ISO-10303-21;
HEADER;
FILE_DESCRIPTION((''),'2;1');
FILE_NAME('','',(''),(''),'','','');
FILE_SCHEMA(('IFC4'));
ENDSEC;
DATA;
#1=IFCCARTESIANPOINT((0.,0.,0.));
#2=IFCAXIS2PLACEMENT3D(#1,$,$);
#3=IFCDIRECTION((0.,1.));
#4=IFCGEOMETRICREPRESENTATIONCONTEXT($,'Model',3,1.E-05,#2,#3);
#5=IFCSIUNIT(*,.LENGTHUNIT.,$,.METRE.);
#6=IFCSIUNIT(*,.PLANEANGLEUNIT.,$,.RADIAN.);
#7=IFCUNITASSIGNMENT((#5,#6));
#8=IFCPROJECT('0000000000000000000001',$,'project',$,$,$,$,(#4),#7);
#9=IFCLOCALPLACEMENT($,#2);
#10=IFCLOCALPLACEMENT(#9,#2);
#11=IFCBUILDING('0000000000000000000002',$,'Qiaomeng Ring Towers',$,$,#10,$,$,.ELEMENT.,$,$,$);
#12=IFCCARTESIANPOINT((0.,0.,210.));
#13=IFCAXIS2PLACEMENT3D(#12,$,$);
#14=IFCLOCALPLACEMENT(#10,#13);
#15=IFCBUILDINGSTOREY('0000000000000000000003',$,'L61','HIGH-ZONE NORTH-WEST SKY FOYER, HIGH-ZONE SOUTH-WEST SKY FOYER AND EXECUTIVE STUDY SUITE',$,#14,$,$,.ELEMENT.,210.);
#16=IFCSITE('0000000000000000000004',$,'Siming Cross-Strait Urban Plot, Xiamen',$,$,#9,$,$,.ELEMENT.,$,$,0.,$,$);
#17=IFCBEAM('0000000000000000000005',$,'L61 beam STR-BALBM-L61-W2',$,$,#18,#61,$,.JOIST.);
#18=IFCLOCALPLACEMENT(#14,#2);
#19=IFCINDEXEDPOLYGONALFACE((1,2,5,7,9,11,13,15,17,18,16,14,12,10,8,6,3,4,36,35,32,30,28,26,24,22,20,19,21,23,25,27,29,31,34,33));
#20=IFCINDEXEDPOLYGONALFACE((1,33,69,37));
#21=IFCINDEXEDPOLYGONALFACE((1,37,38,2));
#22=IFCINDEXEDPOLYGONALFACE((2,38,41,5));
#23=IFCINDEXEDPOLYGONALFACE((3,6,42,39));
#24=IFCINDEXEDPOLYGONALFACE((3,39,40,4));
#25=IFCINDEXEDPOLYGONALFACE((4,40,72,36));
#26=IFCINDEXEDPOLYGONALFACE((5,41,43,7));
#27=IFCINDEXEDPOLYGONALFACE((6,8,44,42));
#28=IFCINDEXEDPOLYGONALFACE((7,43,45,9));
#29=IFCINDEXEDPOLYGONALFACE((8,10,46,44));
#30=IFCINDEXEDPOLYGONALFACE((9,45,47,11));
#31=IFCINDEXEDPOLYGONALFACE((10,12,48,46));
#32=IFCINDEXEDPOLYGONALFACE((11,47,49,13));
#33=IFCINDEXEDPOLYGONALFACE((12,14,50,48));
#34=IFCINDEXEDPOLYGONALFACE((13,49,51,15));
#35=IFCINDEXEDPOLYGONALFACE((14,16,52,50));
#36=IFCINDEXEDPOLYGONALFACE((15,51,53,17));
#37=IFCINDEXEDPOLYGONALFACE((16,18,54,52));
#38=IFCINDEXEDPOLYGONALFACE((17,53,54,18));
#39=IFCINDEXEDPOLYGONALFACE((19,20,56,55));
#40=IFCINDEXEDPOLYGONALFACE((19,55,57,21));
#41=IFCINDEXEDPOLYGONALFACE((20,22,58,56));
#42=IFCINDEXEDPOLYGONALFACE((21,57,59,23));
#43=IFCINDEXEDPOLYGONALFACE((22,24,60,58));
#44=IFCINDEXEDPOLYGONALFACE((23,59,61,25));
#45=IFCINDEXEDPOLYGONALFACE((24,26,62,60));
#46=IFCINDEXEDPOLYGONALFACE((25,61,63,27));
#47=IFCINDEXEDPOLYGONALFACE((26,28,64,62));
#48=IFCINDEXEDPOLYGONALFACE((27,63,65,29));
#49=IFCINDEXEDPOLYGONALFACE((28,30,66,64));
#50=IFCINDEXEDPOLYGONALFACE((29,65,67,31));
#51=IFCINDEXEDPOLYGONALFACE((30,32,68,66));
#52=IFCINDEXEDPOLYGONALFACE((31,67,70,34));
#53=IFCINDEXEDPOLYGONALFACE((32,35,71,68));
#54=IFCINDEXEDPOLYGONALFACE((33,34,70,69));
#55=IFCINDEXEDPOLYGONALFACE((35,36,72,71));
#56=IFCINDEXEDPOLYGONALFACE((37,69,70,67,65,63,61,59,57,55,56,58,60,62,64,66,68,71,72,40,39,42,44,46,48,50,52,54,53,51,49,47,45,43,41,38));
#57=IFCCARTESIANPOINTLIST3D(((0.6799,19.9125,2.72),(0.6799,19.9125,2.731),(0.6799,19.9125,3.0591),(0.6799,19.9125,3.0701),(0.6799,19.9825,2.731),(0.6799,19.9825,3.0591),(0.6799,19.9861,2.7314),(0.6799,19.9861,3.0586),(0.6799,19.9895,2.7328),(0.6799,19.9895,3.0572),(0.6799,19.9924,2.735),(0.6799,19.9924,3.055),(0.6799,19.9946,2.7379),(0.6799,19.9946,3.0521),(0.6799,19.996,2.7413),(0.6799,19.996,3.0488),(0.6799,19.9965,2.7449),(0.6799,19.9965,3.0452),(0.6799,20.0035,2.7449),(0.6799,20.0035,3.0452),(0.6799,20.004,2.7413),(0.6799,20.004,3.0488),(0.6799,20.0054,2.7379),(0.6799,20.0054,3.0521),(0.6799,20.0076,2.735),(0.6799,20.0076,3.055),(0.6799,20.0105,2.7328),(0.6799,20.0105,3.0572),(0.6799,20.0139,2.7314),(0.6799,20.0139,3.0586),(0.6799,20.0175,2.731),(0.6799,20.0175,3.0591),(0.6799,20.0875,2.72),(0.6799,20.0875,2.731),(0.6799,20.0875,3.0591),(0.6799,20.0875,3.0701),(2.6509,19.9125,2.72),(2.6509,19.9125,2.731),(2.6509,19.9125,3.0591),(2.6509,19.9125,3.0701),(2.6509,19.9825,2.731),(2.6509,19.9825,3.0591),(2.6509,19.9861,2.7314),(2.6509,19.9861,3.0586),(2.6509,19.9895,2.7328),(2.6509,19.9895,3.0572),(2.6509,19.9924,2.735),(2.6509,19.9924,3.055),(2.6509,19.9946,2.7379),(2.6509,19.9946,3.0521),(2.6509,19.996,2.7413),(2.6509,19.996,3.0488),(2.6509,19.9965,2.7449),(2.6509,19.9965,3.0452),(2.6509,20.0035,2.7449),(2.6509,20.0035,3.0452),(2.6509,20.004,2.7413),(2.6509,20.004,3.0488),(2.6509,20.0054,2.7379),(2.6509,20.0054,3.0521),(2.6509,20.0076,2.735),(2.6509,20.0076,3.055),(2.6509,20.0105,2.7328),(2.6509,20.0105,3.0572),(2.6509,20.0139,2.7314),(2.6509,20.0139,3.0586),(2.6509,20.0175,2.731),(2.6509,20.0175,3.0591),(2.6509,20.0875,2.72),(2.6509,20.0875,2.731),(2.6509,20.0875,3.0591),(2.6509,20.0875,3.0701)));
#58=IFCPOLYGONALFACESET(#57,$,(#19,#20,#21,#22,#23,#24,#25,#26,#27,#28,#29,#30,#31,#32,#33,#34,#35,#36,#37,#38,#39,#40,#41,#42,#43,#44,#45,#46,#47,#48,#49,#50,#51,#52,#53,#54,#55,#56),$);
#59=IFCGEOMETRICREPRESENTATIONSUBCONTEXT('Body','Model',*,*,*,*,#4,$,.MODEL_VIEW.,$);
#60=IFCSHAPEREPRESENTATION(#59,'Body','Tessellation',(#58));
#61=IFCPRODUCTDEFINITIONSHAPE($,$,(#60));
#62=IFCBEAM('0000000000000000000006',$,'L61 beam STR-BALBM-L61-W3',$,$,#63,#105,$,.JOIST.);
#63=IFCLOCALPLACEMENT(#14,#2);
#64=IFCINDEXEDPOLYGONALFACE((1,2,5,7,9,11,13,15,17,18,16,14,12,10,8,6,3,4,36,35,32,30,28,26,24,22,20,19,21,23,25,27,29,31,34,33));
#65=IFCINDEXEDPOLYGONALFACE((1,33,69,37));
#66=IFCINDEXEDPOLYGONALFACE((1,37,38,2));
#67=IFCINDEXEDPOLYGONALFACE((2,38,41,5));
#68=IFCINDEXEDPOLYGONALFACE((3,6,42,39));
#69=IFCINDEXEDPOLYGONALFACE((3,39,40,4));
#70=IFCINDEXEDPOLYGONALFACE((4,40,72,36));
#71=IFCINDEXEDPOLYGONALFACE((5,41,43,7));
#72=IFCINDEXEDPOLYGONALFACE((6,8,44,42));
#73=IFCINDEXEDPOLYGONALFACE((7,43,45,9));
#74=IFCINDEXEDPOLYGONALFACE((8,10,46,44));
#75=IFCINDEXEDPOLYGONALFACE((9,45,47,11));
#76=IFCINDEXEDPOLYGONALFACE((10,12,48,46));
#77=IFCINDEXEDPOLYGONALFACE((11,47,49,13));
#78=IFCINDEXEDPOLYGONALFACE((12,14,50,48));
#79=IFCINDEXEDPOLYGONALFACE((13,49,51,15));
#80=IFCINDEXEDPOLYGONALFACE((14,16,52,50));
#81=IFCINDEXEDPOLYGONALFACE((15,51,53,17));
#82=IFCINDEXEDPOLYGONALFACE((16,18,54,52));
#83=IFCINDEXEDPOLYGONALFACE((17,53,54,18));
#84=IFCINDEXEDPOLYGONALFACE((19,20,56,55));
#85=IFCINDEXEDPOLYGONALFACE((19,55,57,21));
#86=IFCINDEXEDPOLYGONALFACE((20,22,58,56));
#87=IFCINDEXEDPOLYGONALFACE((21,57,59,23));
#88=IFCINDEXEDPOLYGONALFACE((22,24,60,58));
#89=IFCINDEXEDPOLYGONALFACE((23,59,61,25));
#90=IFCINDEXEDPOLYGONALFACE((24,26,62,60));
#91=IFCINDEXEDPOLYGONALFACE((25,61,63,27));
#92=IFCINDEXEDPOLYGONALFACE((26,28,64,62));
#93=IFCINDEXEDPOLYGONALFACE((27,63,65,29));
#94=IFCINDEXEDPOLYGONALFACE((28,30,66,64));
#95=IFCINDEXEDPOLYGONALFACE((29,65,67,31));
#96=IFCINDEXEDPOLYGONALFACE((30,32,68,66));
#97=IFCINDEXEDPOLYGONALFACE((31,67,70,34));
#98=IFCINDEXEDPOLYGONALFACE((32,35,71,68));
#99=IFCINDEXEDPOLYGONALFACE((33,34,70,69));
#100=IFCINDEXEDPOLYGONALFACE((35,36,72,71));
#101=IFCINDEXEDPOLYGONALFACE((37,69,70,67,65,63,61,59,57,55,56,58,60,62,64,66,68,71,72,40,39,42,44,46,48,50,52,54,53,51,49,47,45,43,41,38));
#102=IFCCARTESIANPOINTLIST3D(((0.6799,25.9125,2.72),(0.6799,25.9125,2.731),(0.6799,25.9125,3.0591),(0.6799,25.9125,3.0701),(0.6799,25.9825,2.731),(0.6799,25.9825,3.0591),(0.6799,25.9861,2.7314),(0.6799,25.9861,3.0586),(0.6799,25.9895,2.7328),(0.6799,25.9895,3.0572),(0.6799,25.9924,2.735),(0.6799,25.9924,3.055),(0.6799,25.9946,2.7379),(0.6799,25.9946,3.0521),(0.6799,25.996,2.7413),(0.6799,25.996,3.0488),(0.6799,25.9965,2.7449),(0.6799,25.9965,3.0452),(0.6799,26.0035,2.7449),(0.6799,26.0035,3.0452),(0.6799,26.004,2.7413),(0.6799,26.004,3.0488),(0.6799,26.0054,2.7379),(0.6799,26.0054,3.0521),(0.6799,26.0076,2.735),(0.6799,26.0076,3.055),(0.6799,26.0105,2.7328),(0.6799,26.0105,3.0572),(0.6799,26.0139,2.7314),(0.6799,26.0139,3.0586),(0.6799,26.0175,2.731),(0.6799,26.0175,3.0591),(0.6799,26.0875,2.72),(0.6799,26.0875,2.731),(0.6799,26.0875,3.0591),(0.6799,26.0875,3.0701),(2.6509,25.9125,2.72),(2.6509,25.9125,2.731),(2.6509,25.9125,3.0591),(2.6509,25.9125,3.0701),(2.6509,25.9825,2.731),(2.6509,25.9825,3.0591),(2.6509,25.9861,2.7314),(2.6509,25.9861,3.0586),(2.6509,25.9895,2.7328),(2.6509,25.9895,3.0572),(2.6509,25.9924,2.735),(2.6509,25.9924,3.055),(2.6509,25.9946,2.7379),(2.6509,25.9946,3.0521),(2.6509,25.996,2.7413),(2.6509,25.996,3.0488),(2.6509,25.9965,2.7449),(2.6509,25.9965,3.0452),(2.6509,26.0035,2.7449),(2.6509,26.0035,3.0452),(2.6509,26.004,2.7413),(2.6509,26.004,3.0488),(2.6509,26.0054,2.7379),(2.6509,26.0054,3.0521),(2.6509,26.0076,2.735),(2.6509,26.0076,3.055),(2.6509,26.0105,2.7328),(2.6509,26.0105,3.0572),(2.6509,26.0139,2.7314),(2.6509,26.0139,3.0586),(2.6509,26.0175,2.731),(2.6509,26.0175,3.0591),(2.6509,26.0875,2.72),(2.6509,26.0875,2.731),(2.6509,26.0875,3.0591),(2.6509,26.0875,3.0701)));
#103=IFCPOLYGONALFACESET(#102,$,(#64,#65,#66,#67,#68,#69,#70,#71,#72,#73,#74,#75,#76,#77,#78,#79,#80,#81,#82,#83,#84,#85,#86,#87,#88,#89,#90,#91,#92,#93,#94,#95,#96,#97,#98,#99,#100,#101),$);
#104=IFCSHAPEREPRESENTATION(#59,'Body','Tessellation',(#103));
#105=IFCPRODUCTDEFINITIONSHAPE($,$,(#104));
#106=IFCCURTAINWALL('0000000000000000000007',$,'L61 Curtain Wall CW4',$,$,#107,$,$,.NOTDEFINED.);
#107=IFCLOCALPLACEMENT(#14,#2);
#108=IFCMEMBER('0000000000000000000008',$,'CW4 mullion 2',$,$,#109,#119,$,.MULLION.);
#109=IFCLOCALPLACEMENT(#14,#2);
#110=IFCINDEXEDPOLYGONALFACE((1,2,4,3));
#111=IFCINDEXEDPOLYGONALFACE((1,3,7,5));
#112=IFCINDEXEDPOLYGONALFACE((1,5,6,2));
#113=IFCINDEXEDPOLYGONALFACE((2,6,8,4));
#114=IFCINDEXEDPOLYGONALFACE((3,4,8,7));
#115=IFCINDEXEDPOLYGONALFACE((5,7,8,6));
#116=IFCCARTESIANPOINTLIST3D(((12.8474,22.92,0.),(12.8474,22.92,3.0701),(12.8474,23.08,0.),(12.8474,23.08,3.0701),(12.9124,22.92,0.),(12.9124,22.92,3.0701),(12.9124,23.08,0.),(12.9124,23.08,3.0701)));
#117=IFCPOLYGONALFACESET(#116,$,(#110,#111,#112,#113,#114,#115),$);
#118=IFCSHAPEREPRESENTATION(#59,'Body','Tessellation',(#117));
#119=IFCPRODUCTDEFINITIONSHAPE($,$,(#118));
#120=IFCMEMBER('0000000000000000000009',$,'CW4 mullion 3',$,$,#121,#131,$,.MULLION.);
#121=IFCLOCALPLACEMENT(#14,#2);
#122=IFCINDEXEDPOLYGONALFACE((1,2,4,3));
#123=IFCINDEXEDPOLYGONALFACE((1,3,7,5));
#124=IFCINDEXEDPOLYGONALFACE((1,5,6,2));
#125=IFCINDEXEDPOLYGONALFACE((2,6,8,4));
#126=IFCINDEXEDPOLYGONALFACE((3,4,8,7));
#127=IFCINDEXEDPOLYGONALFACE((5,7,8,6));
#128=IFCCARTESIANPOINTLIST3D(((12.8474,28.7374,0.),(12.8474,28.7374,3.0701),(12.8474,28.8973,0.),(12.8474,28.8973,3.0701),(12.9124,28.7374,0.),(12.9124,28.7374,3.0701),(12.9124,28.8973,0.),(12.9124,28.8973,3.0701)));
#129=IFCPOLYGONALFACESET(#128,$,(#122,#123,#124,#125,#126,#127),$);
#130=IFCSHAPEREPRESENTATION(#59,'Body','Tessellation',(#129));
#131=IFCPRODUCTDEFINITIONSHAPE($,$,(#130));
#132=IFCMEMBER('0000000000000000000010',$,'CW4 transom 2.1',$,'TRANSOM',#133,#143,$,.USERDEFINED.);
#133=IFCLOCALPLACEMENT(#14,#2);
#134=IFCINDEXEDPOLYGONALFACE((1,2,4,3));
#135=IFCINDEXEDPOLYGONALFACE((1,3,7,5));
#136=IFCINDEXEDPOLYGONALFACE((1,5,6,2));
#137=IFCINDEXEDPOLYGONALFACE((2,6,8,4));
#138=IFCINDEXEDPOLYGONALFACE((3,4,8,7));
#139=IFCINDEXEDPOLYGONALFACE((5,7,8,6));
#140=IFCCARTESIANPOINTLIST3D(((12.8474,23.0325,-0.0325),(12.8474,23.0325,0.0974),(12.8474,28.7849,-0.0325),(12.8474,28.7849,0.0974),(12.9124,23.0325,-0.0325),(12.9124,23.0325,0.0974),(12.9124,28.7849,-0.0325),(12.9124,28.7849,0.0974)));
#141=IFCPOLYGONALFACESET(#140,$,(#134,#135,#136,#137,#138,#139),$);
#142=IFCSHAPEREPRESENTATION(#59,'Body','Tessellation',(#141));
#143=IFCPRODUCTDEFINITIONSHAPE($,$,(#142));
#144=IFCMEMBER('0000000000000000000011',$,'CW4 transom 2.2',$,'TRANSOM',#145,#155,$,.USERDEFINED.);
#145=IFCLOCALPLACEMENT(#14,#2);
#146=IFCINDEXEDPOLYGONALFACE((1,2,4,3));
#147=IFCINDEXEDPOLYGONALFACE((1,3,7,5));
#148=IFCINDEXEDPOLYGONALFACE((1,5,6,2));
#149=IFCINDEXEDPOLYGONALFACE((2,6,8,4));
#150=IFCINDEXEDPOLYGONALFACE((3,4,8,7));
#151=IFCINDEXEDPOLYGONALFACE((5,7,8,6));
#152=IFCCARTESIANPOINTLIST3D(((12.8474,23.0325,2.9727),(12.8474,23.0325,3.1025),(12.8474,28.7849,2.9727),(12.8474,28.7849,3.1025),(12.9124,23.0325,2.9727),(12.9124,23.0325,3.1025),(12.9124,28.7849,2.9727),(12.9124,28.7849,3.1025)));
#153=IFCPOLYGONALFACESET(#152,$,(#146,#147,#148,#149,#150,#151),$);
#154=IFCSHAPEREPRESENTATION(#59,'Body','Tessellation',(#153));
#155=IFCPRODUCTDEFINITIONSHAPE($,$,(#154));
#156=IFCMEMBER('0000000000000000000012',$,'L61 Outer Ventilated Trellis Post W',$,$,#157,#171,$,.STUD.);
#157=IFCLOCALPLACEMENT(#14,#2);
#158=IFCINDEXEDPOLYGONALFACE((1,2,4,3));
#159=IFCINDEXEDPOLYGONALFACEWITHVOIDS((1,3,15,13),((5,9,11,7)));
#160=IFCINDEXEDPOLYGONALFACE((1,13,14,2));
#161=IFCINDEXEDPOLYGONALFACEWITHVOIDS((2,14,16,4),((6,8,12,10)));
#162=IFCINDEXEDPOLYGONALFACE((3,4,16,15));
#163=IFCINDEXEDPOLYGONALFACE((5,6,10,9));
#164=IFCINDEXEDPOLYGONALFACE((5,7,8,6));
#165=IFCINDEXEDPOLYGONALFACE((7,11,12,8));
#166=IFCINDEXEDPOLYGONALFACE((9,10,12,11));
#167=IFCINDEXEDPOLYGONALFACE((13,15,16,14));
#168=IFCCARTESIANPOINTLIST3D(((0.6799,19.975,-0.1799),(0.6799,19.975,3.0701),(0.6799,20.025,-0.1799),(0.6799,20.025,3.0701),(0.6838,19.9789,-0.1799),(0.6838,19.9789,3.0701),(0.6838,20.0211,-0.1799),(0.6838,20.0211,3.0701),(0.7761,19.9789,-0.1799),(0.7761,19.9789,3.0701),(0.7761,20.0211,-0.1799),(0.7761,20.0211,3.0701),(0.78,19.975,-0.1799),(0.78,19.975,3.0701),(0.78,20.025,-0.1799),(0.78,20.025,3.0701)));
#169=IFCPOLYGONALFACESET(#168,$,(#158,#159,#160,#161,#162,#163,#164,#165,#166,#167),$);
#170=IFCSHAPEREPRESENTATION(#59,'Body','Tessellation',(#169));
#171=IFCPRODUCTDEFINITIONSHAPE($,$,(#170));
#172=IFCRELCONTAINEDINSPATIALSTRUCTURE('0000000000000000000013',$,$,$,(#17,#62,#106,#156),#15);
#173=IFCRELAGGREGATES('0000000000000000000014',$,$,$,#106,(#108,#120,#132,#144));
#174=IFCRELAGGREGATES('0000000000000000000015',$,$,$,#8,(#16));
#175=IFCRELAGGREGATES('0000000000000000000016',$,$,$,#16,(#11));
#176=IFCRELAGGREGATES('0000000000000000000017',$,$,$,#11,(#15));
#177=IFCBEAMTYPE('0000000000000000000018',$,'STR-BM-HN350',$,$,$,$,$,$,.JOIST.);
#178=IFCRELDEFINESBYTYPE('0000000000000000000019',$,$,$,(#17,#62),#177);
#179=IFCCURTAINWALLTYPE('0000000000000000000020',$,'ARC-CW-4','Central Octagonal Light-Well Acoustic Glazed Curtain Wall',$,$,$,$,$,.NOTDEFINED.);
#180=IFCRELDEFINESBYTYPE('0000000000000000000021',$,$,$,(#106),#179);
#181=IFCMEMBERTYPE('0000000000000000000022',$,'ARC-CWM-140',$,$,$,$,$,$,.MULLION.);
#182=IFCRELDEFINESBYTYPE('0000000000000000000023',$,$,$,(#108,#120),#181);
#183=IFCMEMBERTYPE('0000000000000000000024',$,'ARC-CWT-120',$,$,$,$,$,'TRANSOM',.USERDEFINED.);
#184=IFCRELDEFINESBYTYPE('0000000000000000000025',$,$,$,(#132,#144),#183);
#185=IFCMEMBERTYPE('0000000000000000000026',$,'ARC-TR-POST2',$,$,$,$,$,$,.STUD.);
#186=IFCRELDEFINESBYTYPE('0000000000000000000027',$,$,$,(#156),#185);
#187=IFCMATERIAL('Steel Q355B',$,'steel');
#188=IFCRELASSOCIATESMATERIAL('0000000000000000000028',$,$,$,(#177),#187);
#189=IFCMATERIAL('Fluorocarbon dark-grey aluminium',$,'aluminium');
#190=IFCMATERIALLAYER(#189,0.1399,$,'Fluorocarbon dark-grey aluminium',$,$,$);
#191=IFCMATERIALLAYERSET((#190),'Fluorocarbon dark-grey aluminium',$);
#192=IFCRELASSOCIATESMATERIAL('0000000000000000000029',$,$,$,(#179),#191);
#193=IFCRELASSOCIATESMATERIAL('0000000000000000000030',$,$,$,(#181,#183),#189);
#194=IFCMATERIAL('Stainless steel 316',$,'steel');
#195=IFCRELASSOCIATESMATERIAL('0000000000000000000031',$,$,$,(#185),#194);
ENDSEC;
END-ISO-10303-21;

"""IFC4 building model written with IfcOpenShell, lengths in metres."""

from ifc_helpers import new_model, si_unit, direction, frame, origin, origin_2d, place, context, subcontext, project, spatial, rectangle, hollow_rectangle, i_section, extrude, source, transform, mapped, material, layer, layer_set, material_profile, profile_set, type_object, element, aggregate, save


model = new_model("IFC4")

# Units and contexts
model_context = context("Model", 3, precision=1e-05, world=origin(), true_north=direction((0.0, 1.0)))
body_context = subcontext(model_context, "Body", "Model", "MODEL_VIEW")
ifc_project = project(units=[si_unit("LENGTHUNIT", "METRE"), si_unit("PLANEANGLEUNIT", "RADIAN")], contexts=[model_context])

# Site, building, storey
site_placement = place(None, origin())
site = spatial("IfcSite", under=ifc_project, at=site_placement, Name="Siming Cross-Strait Urban Plot, Xiamen", CompositionType="ELEMENT", RefElevation=0.0)
building_placement = place(site_placement, origin())
building = spatial("IfcBuilding", under=site, at=building_placement, Name="Qiaomeng Ring Towers", CompositionType="ELEMENT")
storey_placement = place(building_placement, frame((0.0, 0.0, 210.0)))
storey = spatial("IfcBuildingStorey", under=building, at=storey_placement, Name="L61", Description="HIGH-ZONE NORTH-WEST SKY FOYER, HIGH-ZONE SOUTH-WEST SKY FOYER AND EXECUTIVE STUDY SUITE", CompositionType="ELEMENT", Elevation=210.0)

# Beams
ifc_material_1 = material(Name="Steel Q355B", Category="steel")
ifc_material_profile_1 = material_profile(ifc_material_1, i_section(OverallWidth=0.175, OverallDepth=0.3501, WebThickness=0.0071, FlangeThickness=0.011, FilletRadius=0.0139, at=origin_2d()), Name="HN 350x175x7x11")
ifc_profile_set_1 = profile_set([ifc_material_profile_1], Name="Steel Q355B")
beam_type_1 = type_object("IfcBeamType", Name="STR-BM-HN350", PredefinedType="JOIST", material=ifc_profile_set_1)
shared_shape_1 = source(origin(), body_context, "Body", "SweptSolid", [
    extrude(i_section(OverallWidth=0.175, OverallDepth=0.3501, WebThickness=0.0071, FlangeThickness=0.011, FilletRadius=0.0139, at=origin_2d()), origin(), (0.0, 0.0, 1.0), 1.9709),
])
for number, where, z_axis, x_axis, name in (
    (1, (0.6799, 20.0, 2.895), (1.0, 0.0, 0.0), (0.0, 1.0, 0.0), "L61 beam STR-BALBM-L61-W2"),
    (2, (0.6799, 26.0, 2.895), (1.0, 0.0, 0.0), (0.0, 1.0, 0.0), "L61 beam STR-BALBM-L61-W3"),
):
    element("IfcBeam", number, at=place(storey_placement, frame(where, z_axis=z_axis, x_axis=x_axis)), inside=storey, type_object=beam_type_1, Name=name, PredefinedType="JOIST", context=body_context, shape_type="MappedRepresentation", body=[
        mapped(shared_shape_1, transform((0.0, 0.0, 0.0), x_axis=(1.0, 0.0, 0.0), y_axis=(0.0, 1.0, 0.0), z_axis=(0.0, 0.0, 1.0), scale=1.0)),
    ])

# Curtain wall, members
ifc_material_2 = material(Name="Fluorocarbon dark-grey aluminium", Category="aluminium")
ifc_layer_1 = layer(ifc_material_2, 0.1399, Name="Fluorocarbon dark-grey aluminium")
ifc_layer_set_1 = layer_set([ifc_layer_1], Name="Fluorocarbon dark-grey aluminium")
curtain_wall_type = type_object("IfcCurtainWallType", Name="ARC-CW-4", Description="Central Octagonal Light-Well Acoustic Glazed Curtain Wall", PredefinedType="NOTDEFINED", material=ifc_layer_set_1)
curtain_wall_placement = place(storey_placement, origin())
curtain_wall = element("IfcCurtainWall", 3, at=curtain_wall_placement, inside=storey, type_object=curtain_wall_type, Name="L61 Curtain Wall CW4", PredefinedType="NOTDEFINED")
ifc_material_profile_2 = material_profile(ifc_material_2, rectangle(XDim=0.0649, YDim=0.1599, at=origin_2d()), Name="ALU MULL 65x160")
ifc_profile_set_2 = profile_set([ifc_material_profile_2], Name="Fluorocarbon dark-grey aluminium")
member_type_1 = type_object("IfcMemberType", Name="ARC-CWM-140", PredefinedType="MULLION", material=ifc_profile_set_2)
shared_shape_2 = source(origin(), body_context, "Body", "SweptSolid", [
    extrude(rectangle(XDim=0.0649, YDim=0.1599, at=origin_2d()), origin(), (0.0, 0.0, 1.0), 3.0701),
])
member_1_placement = place(storey_placement, frame((12.8799, 23.0, 0.0), z_axis=(0.0, 0.0, 1.0), x_axis=(-1.0, 0.0, 0.0)))
member_1 = element("IfcMember", 4, at=member_1_placement, type_object=member_type_1, Name="CW4 mullion 2", PredefinedType="MULLION", context=body_context, shape_type="MappedRepresentation", body=[
    mapped(shared_shape_2, transform((0.0, 0.0, 0.0), x_axis=(1.0, 0.0, 0.0), y_axis=(0.0, 1.0, 0.0), z_axis=(0.0, 0.0, 1.0), scale=1.0)),
])
member_2_placement = place(storey_placement, frame((12.8799, 28.8174, 0.0), z_axis=(0.0, 0.0, 1.0), x_axis=(-1.0, 0.0, 0.0)))
member_2 = element("IfcMember", 5, at=member_2_placement, type_object=member_type_1, Name="CW4 mullion 3", PredefinedType="MULLION", context=body_context, shape_type="MappedRepresentation", body=[
    mapped(shared_shape_2, transform((0.0, 0.0, 0.0), x_axis=(1.0, 0.0, 0.0), y_axis=(0.0, 1.0, 0.0), z_axis=(0.0, 0.0, 1.0), scale=1.0)),
])
ifc_material_profile_3 = material_profile(ifc_material_2, rectangle(XDim=0.0649, YDim=0.1299, at=origin_2d()), Name="ALU TRAN 65x130")
ifc_profile_set_3 = profile_set([ifc_material_profile_3], Name="Fluorocarbon dark-grey aluminium")
member_type_2 = type_object("IfcMemberType", Name="ARC-CWT-120", ElementType="TRANSOM", PredefinedType="USERDEFINED", material=ifc_profile_set_3)
shared_shape_3 = source(origin(), body_context, "Body", "SweptSolid", [
    extrude(rectangle(XDim=0.0649, YDim=0.1299, at=origin_2d()), origin(), (0.0, 0.0, 1.0), 5.7524),
])
member_3_placement = place(storey_placement, frame((12.8799, 23.0325, 0.0325), z_axis=(0.0, 1.0, 0.0), x_axis=(-1.0, 0.0, 0.0)))
member_3 = element("IfcMember", 6, at=member_3_placement, type_object=member_type_2, Name="CW4 transom 2.1", ObjectType="TRANSOM", PredefinedType="USERDEFINED", context=body_context, shape_type="MappedRepresentation", body=[
    mapped(shared_shape_3, transform((0.0, 0.0, 0.0), x_axis=(1.0, 0.0, 0.0), y_axis=(0.0, 1.0, 0.0), z_axis=(0.0, 0.0, 1.0), scale=1.0)),
])
member_4_placement = place(storey_placement, frame((12.8799, 23.0325, 3.0376), z_axis=(0.0, 1.0, 0.0), x_axis=(-1.0, 0.0, 0.0)))
member_4 = element("IfcMember", 7, at=member_4_placement, type_object=member_type_2, Name="CW4 transom 2.2", ObjectType="TRANSOM", PredefinedType="USERDEFINED", context=body_context, shape_type="MappedRepresentation", body=[
    mapped(shared_shape_3, transform((0.0, 0.0, 0.0), x_axis=(1.0, 0.0, 0.0), y_axis=(0.0, 1.0, 0.0), z_axis=(0.0, 0.0, 1.0), scale=1.0)),
])

# Member
ifc_material_3 = material(Name="Stainless steel 316", Category="steel")
ifc_material_profile_4 = material_profile(ifc_material_3, hollow_rectangle(XDim=0.05, YDim=0.1001, WallThickness=0.0039, at=origin_2d()), Name="SS TRELLIS 100x50")
ifc_profile_set_4 = profile_set([ifc_material_profile_4], Name="Stainless steel 316")
member_type_3 = type_object("IfcMemberType", Name="ARC-TR-POST2", PredefinedType="STUD", material=ifc_profile_set_4)
shared_shape_4 = source(origin(), body_context, "Body", "SweptSolid", [
    extrude(hollow_rectangle(XDim=0.05, YDim=0.1001, WallThickness=0.0039, at=origin_2d()), origin(), (0.0, 0.0, 1.0), 3.25),
])
member_5_placement = place(storey_placement, frame((0.73, 20.0, -0.1799), z_axis=(0.0, 0.0, 1.0), x_axis=(0.0, 1.0, 0.0)))
element("IfcMember", 8, at=member_5_placement, inside=storey, type_object=member_type_3, Name="L61 Outer Ventilated Trellis Post W", PredefinedType="STUD", context=body_context, shape_type="MappedRepresentation", body=[
    mapped(shared_shape_4, transform((0.0, 0.0, 0.0), x_axis=(1.0, 0.0, 0.0), y_axis=(0.0, 1.0, 0.0), z_axis=(0.0, 0.0, 1.0), scale=1.0)),
])

aggregate(curtain_wall, [member_1, member_2, member_3, member_4])

save(model, "model.ifc")
